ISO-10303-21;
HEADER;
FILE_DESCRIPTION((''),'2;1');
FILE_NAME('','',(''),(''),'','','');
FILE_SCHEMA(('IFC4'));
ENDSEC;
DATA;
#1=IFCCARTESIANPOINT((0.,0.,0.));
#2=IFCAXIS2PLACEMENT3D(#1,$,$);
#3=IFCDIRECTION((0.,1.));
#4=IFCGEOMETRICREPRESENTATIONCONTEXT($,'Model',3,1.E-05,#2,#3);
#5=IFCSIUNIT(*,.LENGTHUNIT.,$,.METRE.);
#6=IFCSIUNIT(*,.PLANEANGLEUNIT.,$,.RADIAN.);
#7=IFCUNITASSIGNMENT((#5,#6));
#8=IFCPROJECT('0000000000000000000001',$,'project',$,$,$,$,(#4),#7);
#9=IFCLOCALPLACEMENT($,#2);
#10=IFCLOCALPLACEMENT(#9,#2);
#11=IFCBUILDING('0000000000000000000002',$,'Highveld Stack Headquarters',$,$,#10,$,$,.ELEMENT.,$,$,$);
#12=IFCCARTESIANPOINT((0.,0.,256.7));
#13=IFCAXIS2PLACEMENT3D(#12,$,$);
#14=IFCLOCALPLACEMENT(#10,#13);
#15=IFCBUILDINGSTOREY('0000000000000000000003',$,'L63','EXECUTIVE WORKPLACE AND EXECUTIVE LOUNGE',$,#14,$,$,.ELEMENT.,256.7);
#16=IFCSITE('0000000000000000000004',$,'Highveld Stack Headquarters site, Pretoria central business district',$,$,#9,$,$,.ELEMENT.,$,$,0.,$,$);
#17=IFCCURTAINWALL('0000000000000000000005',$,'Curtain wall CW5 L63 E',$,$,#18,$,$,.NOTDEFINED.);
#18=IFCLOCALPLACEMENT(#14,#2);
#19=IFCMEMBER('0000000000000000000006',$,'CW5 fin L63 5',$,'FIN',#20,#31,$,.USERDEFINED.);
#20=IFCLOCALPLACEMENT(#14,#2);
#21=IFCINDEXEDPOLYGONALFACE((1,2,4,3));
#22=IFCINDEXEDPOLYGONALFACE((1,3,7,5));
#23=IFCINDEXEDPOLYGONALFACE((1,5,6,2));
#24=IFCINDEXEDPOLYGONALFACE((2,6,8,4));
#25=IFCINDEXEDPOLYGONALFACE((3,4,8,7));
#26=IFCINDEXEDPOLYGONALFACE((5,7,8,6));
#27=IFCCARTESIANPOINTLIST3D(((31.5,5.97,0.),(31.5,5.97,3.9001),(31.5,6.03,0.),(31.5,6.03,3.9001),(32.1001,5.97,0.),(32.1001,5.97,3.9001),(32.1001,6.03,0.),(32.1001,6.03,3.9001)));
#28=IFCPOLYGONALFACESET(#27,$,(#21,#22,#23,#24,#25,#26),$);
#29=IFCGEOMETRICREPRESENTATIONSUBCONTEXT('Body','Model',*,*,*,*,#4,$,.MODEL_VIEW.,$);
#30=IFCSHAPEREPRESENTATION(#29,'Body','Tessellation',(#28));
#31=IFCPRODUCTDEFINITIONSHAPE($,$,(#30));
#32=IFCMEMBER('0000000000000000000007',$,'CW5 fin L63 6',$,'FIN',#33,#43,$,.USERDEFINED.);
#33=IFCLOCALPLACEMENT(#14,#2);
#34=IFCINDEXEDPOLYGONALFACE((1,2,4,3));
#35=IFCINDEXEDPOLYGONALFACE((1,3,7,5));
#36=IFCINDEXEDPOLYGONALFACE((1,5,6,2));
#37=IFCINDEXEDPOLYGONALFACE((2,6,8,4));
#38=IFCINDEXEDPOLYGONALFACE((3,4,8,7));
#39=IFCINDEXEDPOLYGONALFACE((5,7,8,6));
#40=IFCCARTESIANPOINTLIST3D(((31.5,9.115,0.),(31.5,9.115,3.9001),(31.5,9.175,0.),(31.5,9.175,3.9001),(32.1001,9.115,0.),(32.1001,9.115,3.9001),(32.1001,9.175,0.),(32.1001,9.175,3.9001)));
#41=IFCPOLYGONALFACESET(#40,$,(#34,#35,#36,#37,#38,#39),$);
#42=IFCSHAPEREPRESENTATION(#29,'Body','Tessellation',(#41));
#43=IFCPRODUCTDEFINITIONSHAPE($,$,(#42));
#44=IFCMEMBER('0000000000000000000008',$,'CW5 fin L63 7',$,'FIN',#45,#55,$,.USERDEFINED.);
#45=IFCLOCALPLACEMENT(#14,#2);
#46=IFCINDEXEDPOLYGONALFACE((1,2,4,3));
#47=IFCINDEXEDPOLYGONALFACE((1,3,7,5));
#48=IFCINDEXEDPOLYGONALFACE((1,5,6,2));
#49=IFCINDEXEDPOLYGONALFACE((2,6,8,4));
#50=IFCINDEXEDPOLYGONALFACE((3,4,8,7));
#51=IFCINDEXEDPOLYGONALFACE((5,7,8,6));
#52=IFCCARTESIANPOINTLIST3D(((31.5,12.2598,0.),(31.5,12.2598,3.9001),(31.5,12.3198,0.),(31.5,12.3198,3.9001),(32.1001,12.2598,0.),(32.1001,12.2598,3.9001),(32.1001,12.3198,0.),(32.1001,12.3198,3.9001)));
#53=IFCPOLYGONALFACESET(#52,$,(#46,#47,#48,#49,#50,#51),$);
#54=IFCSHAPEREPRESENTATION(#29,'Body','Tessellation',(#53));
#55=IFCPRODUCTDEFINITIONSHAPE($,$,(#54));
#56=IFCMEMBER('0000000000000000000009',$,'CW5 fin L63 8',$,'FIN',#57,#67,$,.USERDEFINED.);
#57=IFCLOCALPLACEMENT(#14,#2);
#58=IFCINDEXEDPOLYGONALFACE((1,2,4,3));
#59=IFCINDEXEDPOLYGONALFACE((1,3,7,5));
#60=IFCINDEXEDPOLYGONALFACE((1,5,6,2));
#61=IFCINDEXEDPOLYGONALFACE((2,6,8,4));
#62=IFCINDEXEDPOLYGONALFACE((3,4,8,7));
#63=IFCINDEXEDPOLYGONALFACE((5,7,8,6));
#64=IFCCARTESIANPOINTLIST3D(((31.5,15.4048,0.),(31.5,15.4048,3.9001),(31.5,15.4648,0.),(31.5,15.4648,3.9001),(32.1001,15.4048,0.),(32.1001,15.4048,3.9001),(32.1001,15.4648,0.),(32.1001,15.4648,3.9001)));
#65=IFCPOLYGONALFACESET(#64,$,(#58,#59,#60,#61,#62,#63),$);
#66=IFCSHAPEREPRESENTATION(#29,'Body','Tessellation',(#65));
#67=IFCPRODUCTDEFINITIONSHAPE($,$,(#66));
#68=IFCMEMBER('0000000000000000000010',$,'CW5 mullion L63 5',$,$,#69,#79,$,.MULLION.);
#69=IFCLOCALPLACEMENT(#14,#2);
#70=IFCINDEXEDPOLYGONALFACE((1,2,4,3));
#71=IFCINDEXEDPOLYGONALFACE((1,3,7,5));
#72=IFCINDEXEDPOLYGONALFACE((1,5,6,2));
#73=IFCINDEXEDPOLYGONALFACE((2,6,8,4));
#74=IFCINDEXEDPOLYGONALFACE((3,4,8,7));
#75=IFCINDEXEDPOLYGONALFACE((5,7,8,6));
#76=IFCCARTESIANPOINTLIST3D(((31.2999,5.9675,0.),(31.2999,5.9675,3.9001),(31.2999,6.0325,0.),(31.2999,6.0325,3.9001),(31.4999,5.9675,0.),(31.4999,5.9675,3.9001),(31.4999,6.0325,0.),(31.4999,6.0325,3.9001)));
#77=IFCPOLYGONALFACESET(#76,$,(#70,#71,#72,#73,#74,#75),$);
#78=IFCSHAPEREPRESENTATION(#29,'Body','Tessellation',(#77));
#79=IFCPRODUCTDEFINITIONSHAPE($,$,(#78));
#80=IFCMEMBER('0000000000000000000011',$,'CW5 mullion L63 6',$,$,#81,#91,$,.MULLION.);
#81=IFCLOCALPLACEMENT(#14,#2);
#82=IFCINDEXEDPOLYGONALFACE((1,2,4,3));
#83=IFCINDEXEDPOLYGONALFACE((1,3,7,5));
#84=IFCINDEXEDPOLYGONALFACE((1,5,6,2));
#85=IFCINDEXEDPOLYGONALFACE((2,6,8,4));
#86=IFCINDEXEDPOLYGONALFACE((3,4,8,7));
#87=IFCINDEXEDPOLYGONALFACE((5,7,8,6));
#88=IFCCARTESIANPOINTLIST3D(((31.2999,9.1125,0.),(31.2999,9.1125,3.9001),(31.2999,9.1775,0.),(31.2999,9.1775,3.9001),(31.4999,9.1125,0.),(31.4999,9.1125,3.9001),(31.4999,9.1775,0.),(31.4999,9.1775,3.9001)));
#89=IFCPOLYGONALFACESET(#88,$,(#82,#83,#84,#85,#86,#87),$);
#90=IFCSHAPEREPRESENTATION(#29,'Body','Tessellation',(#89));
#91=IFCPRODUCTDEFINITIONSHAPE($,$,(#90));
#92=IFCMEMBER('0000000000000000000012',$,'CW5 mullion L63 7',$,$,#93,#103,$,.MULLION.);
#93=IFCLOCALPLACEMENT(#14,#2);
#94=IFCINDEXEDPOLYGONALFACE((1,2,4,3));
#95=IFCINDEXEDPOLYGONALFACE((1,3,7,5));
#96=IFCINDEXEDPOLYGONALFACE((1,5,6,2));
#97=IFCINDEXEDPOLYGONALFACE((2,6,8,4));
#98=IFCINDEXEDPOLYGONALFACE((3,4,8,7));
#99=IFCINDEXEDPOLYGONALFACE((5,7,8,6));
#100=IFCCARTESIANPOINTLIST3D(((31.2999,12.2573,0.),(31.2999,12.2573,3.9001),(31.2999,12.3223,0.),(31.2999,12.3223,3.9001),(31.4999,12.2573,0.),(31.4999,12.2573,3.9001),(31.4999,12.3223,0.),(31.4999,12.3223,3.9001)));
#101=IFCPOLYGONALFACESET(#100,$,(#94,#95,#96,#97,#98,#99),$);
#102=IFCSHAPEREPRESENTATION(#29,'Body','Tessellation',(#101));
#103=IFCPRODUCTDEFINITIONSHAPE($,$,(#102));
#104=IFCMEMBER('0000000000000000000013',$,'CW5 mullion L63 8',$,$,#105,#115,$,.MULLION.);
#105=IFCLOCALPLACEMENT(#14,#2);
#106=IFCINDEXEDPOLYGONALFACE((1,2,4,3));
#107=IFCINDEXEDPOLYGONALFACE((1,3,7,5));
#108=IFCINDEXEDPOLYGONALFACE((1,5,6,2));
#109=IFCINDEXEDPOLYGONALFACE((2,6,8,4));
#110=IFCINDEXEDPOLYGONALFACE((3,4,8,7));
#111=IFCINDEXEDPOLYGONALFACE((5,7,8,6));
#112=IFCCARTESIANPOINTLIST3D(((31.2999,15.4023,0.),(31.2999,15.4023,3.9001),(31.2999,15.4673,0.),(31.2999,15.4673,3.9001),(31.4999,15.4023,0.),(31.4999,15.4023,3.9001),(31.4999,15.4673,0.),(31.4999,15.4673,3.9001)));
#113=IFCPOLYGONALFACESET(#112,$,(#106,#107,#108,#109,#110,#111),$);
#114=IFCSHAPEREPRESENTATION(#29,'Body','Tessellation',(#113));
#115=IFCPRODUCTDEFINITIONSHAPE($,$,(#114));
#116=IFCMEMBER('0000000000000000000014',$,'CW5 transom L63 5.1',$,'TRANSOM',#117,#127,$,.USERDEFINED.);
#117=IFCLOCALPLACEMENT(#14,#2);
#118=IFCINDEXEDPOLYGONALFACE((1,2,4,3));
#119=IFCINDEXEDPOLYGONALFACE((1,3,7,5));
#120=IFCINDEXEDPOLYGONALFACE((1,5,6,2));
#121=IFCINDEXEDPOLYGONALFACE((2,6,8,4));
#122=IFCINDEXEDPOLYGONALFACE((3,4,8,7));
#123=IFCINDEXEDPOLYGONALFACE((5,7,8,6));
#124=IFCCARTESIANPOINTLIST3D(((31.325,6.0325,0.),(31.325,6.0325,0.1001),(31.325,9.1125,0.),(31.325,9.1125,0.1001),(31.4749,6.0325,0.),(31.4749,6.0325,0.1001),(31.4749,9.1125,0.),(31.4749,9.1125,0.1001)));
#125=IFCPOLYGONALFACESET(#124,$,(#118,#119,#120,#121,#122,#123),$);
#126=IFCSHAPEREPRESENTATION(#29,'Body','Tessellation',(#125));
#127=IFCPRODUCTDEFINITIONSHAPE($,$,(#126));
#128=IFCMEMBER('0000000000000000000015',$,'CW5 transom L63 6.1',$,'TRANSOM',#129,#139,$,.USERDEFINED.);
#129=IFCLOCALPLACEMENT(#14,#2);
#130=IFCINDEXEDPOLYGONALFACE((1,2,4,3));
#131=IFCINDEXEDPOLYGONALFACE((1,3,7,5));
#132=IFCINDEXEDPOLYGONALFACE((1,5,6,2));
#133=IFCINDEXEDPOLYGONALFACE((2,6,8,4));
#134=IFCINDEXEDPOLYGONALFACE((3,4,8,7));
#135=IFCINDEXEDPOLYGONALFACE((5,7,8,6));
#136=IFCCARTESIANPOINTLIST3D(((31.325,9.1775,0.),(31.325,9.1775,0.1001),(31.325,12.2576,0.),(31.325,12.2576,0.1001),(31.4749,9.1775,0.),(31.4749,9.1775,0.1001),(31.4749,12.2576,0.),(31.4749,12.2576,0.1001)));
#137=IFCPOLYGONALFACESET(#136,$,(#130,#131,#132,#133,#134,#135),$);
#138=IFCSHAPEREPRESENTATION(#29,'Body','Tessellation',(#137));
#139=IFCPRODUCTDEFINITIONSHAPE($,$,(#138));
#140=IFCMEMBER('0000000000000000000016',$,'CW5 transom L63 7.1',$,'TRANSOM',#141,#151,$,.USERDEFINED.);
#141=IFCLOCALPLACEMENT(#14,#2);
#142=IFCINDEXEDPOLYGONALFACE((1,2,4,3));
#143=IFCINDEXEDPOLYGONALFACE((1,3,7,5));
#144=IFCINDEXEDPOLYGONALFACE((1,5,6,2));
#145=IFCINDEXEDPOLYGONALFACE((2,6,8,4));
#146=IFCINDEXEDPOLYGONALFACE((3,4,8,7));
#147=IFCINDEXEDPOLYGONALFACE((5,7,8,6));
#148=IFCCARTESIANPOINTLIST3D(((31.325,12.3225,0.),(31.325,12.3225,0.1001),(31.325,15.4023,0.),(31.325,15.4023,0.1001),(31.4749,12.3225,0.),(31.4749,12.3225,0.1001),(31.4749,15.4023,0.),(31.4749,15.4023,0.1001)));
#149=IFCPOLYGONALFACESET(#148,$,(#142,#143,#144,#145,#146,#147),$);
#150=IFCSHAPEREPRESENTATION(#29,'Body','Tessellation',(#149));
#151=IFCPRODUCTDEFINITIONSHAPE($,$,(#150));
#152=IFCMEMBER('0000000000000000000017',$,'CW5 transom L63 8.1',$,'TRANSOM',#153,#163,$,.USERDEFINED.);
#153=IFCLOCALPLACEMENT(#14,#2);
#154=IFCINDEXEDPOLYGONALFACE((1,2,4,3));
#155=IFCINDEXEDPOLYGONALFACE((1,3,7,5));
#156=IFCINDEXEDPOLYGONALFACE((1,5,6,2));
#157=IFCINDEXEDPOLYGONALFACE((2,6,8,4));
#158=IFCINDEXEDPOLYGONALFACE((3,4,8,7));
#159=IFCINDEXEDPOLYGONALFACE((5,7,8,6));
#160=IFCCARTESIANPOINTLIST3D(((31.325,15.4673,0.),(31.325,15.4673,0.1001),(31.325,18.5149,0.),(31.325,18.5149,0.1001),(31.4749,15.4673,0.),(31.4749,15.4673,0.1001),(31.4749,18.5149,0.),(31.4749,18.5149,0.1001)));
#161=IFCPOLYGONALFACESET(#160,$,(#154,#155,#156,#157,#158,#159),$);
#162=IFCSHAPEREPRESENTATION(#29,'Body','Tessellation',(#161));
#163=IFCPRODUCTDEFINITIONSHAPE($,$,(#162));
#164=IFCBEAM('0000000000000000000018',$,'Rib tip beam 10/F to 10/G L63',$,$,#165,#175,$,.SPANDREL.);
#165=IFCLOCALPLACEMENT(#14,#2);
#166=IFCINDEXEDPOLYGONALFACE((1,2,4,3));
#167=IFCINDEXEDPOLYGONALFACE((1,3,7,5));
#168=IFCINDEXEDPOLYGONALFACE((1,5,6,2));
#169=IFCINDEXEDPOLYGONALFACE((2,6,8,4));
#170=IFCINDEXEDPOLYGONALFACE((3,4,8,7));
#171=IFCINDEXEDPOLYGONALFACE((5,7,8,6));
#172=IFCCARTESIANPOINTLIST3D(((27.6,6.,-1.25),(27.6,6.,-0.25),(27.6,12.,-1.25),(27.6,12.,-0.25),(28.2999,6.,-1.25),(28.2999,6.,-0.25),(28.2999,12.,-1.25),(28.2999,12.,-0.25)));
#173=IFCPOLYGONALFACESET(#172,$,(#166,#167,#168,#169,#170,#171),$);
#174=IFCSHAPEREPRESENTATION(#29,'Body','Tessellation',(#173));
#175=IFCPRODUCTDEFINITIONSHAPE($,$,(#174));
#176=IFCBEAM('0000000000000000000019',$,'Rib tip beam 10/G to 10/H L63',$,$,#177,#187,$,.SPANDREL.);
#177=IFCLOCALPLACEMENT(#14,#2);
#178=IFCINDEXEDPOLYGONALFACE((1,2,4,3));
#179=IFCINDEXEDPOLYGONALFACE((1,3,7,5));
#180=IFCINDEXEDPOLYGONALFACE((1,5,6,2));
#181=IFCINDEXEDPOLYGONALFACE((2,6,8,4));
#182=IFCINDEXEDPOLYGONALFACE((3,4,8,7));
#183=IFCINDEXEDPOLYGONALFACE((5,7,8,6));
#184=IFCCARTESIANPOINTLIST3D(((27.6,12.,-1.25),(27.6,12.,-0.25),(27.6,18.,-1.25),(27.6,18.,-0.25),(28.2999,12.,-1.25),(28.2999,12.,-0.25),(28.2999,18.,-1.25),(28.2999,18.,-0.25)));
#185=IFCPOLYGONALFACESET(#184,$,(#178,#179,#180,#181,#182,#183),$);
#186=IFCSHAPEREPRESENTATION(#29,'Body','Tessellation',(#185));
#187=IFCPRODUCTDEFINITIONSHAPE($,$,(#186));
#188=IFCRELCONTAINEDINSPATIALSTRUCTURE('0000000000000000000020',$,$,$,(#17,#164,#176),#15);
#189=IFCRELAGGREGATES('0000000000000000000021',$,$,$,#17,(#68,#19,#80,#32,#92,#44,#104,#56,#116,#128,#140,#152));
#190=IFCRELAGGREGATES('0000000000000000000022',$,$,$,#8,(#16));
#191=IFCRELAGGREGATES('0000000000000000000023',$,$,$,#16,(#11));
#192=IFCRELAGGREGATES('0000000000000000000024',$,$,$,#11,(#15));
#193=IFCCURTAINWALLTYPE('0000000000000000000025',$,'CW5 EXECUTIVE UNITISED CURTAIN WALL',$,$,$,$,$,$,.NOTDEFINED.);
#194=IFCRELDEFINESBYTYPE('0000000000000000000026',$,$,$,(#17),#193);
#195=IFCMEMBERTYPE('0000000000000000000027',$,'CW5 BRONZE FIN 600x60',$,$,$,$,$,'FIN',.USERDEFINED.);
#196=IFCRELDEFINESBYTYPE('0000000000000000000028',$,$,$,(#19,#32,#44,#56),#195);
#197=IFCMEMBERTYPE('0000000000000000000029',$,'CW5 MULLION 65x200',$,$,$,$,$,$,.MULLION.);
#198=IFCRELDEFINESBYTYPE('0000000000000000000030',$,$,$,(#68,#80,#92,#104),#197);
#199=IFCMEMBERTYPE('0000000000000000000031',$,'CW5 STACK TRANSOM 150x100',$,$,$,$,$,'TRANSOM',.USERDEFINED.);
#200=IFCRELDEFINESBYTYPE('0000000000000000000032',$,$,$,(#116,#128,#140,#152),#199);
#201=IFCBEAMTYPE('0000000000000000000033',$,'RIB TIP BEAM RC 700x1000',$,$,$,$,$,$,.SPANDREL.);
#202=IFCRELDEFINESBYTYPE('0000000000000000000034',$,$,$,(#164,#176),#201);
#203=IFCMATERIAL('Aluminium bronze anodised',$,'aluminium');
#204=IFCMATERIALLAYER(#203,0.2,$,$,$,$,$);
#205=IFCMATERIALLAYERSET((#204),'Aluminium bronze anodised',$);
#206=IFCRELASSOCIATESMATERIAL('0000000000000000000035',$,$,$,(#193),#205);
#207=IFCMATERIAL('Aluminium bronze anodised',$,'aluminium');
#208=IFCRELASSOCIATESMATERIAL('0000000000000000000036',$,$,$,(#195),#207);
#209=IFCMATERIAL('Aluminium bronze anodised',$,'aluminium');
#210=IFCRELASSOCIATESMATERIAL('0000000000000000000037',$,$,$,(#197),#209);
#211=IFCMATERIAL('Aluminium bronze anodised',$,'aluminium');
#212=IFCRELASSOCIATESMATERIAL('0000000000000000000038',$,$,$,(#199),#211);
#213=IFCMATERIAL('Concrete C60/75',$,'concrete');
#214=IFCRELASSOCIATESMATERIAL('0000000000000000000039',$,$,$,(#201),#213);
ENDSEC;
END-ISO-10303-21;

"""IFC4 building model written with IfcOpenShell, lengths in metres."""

from ifc_helpers import new_model, si_unit, direction, frame, origin, origin_2d, place, context, subcontext, project, spatial, rectangle, extrude, material, layer, layer_set, material_profile, profile_set, type_object, element, aggregate, save


model = new_model("IFC4")

# Units and contexts
model_context = context("Model", 3, precision=1e-05, world=origin(), true_north=direction((0.0, 1.0)))
body_context = subcontext(model_context, "Body", "Model", "MODEL_VIEW")
ifc_project = project(units=[si_unit("LENGTHUNIT", "METRE"), si_unit("PLANEANGLEUNIT", "RADIAN")], contexts=[model_context])

# Site, building, storey
site_placement = place(None, origin())
site = spatial("IfcSite", under=ifc_project, at=site_placement, Name="Highveld Stack Headquarters site, Pretoria central business district", CompositionType="ELEMENT", RefElevation=0.0)
building_placement = place(site_placement, origin())
building = spatial("IfcBuilding", under=site, at=building_placement, Name="Highveld Stack Headquarters", CompositionType="ELEMENT")
storey_placement = place(building_placement, frame((0.0, 0.0, 256.7)))
storey = spatial("IfcBuildingStorey", under=building, at=storey_placement, Name="L63", Description="EXECUTIVE WORKPLACE AND EXECUTIVE LOUNGE", CompositionType="ELEMENT", Elevation=256.7)

# Curtain wall, members
ifc_material_1 = material(Name="Aluminium bronze anodised", Category="aluminium")
ifc_layer_1 = layer(ifc_material_1, 0.2)
ifc_layer_set_1 = layer_set([ifc_layer_1], Name="Aluminium bronze anodised")
curtain_wall_type = type_object("IfcCurtainWallType", Name="CW5 EXECUTIVE UNITISED CURTAIN WALL", PredefinedType="NOTDEFINED", material=ifc_layer_set_1)
curtain_wall_placement = place(storey_placement, origin())
curtain_wall = element("IfcCurtainWall", 1, at=curtain_wall_placement, inside=storey, type_object=curtain_wall_type, Name="Curtain wall CW5 L63 E", PredefinedType="NOTDEFINED")
ifc_material_2 = material(Name="Aluminium bronze anodised", Category="aluminium")
ifc_material_profile_1 = material_profile(ifc_material_2, rectangle(XDim=0.6001, YDim=0.0601, at=origin_2d()), Name="FIN 600x60")
ifc_profile_set_1 = profile_set([ifc_material_profile_1], Name="Aluminium bronze anodised")
member_type_1 = type_object("IfcMemberType", Name="CW5 BRONZE FIN 600x60", ElementType="FIN", PredefinedType="USERDEFINED", material=ifc_profile_set_1)
member_1_placement = place(storey_placement, frame((31.8, 6.0, 0.0), z_axis=(0.0, 0.0, 1.0), x_axis=(-1.0, 0.0, 0.0)))
member_1 = element("IfcMember", 2, at=member_1_placement, type_object=member_type_1, Name="CW5 fin L63 5", ObjectType="FIN", PredefinedType="USERDEFINED", context=body_context, shape_type="SweptSolid", body=[
    extrude(rectangle(XDim=0.6001, YDim=0.0601, at=origin_2d()), origin(), (0.0, 0.0, 1.0), 3.9001),
])
member_2_placement = place(storey_placement, frame((31.8, 9.145, 0.0), z_axis=(0.0, 0.0, 1.0), x_axis=(-1.0, 0.0, 0.0)))
member_2 = element("IfcMember", 3, at=member_2_placement, type_object=member_type_1, Name="CW5 fin L63 6", ObjectType="FIN", PredefinedType="USERDEFINED", context=body_context, shape_type="SweptSolid", body=[
    extrude(rectangle(XDim=0.6001, YDim=0.0601, at=origin_2d()), origin(), (0.0, 0.0, 1.0), 3.9001),
])
member_3_placement = place(storey_placement, frame((31.8, 12.2898, 0.0), z_axis=(0.0, 0.0, 1.0), x_axis=(-1.0, 0.0, 0.0)))
member_3 = element("IfcMember", 4, at=member_3_placement, type_object=member_type_1, Name="CW5 fin L63 7", ObjectType="FIN", PredefinedType="USERDEFINED", context=body_context, shape_type="SweptSolid", body=[
    extrude(rectangle(XDim=0.6001, YDim=0.0601, at=origin_2d()), origin(), (0.0, 0.0, 1.0), 3.9001),
])
member_4_placement = place(storey_placement, frame((31.8, 15.4348, 0.0), z_axis=(0.0, 0.0, 1.0), x_axis=(-1.0, 0.0, 0.0)))
member_4 = element("IfcMember", 5, at=member_4_placement, type_object=member_type_1, Name="CW5 fin L63 8", ObjectType="FIN", PredefinedType="USERDEFINED", context=body_context, shape_type="SweptSolid", body=[
    extrude(rectangle(XDim=0.6001, YDim=0.0601, at=origin_2d()), origin(), (0.0, 0.0, 1.0), 3.9001),
])
ifc_material_3 = material(Name="Aluminium bronze anodised", Category="aluminium")
ifc_material_profile_2 = material_profile(ifc_material_3, rectangle(XDim=0.2, YDim=0.0649, at=origin_2d()), Name="CW5 MULLION 65x200")
ifc_profile_set_2 = profile_set([ifc_material_profile_2], Name="Aluminium bronze anodised")
member_type_2 = type_object("IfcMemberType", Name="CW5 MULLION 65x200", PredefinedType="MULLION", material=ifc_profile_set_2)
member_5_placement = place(storey_placement, frame((31.3999, 6.0, 0.0), z_axis=(0.0, 0.0, 1.0), x_axis=(-1.0, 0.0, 0.0)))
member_5 = element("IfcMember", 6, at=member_5_placement, type_object=member_type_2, Name="CW5 mullion L63 5", PredefinedType="MULLION", context=body_context, shape_type="SweptSolid", body=[
    extrude(rectangle(XDim=0.2, YDim=0.0649, at=origin_2d()), origin(), (0.0, 0.0, 1.0), 3.9001),
])
member_6_placement = place(storey_placement, frame((31.3999, 9.145, 0.0), z_axis=(0.0, 0.0, 1.0), x_axis=(-1.0, 0.0, 0.0)))
member_6 = element("IfcMember", 7, at=member_6_placement, type_object=member_type_2, Name="CW5 mullion L63 6", PredefinedType="MULLION", context=body_context, shape_type="SweptSolid", body=[
    extrude(rectangle(XDim=0.2, YDim=0.0649, at=origin_2d()), origin(), (0.0, 0.0, 1.0), 3.9001),
])
member_7_placement = place(storey_placement, frame((31.3999, 12.2898, 0.0), z_axis=(0.0, 0.0, 1.0), x_axis=(-1.0, 0.0, 0.0)))
member_7 = element("IfcMember", 8, at=member_7_placement, type_object=member_type_2, Name="CW5 mullion L63 7", PredefinedType="MULLION", context=body_context, shape_type="SweptSolid", body=[
    extrude(rectangle(XDim=0.2, YDim=0.0649, at=origin_2d()), origin(), (0.0, 0.0, 1.0), 3.9001),
])
member_8_placement = place(storey_placement, frame((31.3999, 15.4348, 0.0), z_axis=(0.0, 0.0, 1.0), x_axis=(-1.0, 0.0, 0.0)))
member_8 = element("IfcMember", 9, at=member_8_placement, type_object=member_type_2, Name="CW5 mullion L63 8", PredefinedType="MULLION", context=body_context, shape_type="SweptSolid", body=[
    extrude(rectangle(XDim=0.2, YDim=0.0649, at=origin_2d()), origin(), (0.0, 0.0, 1.0), 3.9001),
])
ifc_material_4 = material(Name="Aluminium bronze anodised", Category="aluminium")
ifc_material_profile_3 = material_profile(ifc_material_4, rectangle(XDim=0.1499, YDim=0.1001, at=origin_2d()), Name="CW5 TRANSOM 150x100")
ifc_profile_set_3 = profile_set([ifc_material_profile_3], Name="Aluminium bronze anodised")
member_type_3 = type_object("IfcMemberType", Name="CW5 STACK TRANSOM 150x100", ElementType="TRANSOM", PredefinedType="USERDEFINED", material=ifc_profile_set_3)
member_9_placement = place(storey_placement, frame((31.3999, 6.0325, 0.05), z_axis=(0.0, 1.0, 0.0), x_axis=(-1.0, 0.0, 0.0)))
member_9 = element("IfcMember", 10, at=member_9_placement, type_object=member_type_3, Name="CW5 transom L63 5.1", ObjectType="TRANSOM", PredefinedType="USERDEFINED", context=body_context, shape_type="SweptSolid", body=[
    extrude(rectangle(XDim=0.1499, YDim=0.1001, at=origin_2d()), origin(), (0.0, 0.0, 1.0), 3.0801),
])
member_10_placement = place(storey_placement, frame((31.3999, 9.1775, 0.05), z_axis=(0.0, 1.0, 0.0), x_axis=(-1.0, 0.0, 0.0)))
member_10 = element("IfcMember", 11, at=member_10_placement, type_object=member_type_3, Name="CW5 transom L63 6.1", ObjectType="TRANSOM", PredefinedType="USERDEFINED", context=body_context, shape_type="SweptSolid", body=[
    extrude(rectangle(XDim=0.1499, YDim=0.1001, at=origin_2d()), origin(), (0.0, 0.0, 1.0), 3.0801),
])
member_11_placement = place(storey_placement, frame((31.3999, 12.3225, 0.05), z_axis=(0.0, 1.0, 0.0), x_axis=(-1.0, 0.0, 0.0)))
member_11 = element("IfcMember", 12, at=member_11_placement, type_object=member_type_3, Name="CW5 transom L63 7.1", ObjectType="TRANSOM", PredefinedType="USERDEFINED", context=body_context, shape_type="SweptSolid", body=[
    extrude(rectangle(XDim=0.1499, YDim=0.1001, at=origin_2d()), origin(), (0.0, 0.0, 1.0), 3.0798),
])
member_12_placement = place(storey_placement, frame((31.3999, 15.4673, 0.05), z_axis=(0.0, 1.0, 0.0), x_axis=(-1.0, 0.0, 0.0)))
member_12 = element("IfcMember", 13, at=member_12_placement, type_object=member_type_3, Name="CW5 transom L63 8.1", ObjectType="TRANSOM", PredefinedType="USERDEFINED", context=body_context, shape_type="SweptSolid", body=[
    extrude(rectangle(XDim=0.1499, YDim=0.1001, at=origin_2d()), origin(), (0.0, 0.0, 1.0), 3.0476),
])

# Beams
ifc_material_5 = material(Name="Concrete C60/75", Category="concrete")
ifc_material_profile_4 = material_profile(ifc_material_5, rectangle(XDim=0.7, YDim=1.0, at=origin_2d()), Name="RC 700x1000")
ifc_profile_set_4 = profile_set([ifc_material_profile_4], Name="Concrete C60/75")
beam_type = type_object("IfcBeamType", Name="RIB TIP BEAM RC 700x1000", PredefinedType="SPANDREL", material=ifc_profile_set_4)
for number, where, z_axis, x_axis, name in (
    (14, (27.95, 6.0, -0.75), (0.0, 1.0, 0.0), (-1.0, 0.0, 0.0), "Rib tip beam 10/F to 10/G L63"),
    (15, (27.95, 12.0, -0.75), (0.0, 1.0, 0.0), (-1.0, 0.0, 0.0), "Rib tip beam 10/G to 10/H L63"),
):
    element("IfcBeam", number, at=place(storey_placement, frame(where, z_axis=z_axis, x_axis=x_axis)), inside=storey, type_object=beam_type, Name=name, PredefinedType="SPANDREL", context=body_context, shape_type="SweptSolid", body=[
        extrude(rectangle(XDim=0.7, YDim=1.0, at=origin_2d()), origin(), (0.0, 0.0, 1.0), 6.0),
    ])

aggregate(curtain_wall, [member_5, member_1, member_6, member_2, member_7, member_3, member_8, member_4, member_9, member_10, member_11, member_12])

save(model, "model.ifc")
